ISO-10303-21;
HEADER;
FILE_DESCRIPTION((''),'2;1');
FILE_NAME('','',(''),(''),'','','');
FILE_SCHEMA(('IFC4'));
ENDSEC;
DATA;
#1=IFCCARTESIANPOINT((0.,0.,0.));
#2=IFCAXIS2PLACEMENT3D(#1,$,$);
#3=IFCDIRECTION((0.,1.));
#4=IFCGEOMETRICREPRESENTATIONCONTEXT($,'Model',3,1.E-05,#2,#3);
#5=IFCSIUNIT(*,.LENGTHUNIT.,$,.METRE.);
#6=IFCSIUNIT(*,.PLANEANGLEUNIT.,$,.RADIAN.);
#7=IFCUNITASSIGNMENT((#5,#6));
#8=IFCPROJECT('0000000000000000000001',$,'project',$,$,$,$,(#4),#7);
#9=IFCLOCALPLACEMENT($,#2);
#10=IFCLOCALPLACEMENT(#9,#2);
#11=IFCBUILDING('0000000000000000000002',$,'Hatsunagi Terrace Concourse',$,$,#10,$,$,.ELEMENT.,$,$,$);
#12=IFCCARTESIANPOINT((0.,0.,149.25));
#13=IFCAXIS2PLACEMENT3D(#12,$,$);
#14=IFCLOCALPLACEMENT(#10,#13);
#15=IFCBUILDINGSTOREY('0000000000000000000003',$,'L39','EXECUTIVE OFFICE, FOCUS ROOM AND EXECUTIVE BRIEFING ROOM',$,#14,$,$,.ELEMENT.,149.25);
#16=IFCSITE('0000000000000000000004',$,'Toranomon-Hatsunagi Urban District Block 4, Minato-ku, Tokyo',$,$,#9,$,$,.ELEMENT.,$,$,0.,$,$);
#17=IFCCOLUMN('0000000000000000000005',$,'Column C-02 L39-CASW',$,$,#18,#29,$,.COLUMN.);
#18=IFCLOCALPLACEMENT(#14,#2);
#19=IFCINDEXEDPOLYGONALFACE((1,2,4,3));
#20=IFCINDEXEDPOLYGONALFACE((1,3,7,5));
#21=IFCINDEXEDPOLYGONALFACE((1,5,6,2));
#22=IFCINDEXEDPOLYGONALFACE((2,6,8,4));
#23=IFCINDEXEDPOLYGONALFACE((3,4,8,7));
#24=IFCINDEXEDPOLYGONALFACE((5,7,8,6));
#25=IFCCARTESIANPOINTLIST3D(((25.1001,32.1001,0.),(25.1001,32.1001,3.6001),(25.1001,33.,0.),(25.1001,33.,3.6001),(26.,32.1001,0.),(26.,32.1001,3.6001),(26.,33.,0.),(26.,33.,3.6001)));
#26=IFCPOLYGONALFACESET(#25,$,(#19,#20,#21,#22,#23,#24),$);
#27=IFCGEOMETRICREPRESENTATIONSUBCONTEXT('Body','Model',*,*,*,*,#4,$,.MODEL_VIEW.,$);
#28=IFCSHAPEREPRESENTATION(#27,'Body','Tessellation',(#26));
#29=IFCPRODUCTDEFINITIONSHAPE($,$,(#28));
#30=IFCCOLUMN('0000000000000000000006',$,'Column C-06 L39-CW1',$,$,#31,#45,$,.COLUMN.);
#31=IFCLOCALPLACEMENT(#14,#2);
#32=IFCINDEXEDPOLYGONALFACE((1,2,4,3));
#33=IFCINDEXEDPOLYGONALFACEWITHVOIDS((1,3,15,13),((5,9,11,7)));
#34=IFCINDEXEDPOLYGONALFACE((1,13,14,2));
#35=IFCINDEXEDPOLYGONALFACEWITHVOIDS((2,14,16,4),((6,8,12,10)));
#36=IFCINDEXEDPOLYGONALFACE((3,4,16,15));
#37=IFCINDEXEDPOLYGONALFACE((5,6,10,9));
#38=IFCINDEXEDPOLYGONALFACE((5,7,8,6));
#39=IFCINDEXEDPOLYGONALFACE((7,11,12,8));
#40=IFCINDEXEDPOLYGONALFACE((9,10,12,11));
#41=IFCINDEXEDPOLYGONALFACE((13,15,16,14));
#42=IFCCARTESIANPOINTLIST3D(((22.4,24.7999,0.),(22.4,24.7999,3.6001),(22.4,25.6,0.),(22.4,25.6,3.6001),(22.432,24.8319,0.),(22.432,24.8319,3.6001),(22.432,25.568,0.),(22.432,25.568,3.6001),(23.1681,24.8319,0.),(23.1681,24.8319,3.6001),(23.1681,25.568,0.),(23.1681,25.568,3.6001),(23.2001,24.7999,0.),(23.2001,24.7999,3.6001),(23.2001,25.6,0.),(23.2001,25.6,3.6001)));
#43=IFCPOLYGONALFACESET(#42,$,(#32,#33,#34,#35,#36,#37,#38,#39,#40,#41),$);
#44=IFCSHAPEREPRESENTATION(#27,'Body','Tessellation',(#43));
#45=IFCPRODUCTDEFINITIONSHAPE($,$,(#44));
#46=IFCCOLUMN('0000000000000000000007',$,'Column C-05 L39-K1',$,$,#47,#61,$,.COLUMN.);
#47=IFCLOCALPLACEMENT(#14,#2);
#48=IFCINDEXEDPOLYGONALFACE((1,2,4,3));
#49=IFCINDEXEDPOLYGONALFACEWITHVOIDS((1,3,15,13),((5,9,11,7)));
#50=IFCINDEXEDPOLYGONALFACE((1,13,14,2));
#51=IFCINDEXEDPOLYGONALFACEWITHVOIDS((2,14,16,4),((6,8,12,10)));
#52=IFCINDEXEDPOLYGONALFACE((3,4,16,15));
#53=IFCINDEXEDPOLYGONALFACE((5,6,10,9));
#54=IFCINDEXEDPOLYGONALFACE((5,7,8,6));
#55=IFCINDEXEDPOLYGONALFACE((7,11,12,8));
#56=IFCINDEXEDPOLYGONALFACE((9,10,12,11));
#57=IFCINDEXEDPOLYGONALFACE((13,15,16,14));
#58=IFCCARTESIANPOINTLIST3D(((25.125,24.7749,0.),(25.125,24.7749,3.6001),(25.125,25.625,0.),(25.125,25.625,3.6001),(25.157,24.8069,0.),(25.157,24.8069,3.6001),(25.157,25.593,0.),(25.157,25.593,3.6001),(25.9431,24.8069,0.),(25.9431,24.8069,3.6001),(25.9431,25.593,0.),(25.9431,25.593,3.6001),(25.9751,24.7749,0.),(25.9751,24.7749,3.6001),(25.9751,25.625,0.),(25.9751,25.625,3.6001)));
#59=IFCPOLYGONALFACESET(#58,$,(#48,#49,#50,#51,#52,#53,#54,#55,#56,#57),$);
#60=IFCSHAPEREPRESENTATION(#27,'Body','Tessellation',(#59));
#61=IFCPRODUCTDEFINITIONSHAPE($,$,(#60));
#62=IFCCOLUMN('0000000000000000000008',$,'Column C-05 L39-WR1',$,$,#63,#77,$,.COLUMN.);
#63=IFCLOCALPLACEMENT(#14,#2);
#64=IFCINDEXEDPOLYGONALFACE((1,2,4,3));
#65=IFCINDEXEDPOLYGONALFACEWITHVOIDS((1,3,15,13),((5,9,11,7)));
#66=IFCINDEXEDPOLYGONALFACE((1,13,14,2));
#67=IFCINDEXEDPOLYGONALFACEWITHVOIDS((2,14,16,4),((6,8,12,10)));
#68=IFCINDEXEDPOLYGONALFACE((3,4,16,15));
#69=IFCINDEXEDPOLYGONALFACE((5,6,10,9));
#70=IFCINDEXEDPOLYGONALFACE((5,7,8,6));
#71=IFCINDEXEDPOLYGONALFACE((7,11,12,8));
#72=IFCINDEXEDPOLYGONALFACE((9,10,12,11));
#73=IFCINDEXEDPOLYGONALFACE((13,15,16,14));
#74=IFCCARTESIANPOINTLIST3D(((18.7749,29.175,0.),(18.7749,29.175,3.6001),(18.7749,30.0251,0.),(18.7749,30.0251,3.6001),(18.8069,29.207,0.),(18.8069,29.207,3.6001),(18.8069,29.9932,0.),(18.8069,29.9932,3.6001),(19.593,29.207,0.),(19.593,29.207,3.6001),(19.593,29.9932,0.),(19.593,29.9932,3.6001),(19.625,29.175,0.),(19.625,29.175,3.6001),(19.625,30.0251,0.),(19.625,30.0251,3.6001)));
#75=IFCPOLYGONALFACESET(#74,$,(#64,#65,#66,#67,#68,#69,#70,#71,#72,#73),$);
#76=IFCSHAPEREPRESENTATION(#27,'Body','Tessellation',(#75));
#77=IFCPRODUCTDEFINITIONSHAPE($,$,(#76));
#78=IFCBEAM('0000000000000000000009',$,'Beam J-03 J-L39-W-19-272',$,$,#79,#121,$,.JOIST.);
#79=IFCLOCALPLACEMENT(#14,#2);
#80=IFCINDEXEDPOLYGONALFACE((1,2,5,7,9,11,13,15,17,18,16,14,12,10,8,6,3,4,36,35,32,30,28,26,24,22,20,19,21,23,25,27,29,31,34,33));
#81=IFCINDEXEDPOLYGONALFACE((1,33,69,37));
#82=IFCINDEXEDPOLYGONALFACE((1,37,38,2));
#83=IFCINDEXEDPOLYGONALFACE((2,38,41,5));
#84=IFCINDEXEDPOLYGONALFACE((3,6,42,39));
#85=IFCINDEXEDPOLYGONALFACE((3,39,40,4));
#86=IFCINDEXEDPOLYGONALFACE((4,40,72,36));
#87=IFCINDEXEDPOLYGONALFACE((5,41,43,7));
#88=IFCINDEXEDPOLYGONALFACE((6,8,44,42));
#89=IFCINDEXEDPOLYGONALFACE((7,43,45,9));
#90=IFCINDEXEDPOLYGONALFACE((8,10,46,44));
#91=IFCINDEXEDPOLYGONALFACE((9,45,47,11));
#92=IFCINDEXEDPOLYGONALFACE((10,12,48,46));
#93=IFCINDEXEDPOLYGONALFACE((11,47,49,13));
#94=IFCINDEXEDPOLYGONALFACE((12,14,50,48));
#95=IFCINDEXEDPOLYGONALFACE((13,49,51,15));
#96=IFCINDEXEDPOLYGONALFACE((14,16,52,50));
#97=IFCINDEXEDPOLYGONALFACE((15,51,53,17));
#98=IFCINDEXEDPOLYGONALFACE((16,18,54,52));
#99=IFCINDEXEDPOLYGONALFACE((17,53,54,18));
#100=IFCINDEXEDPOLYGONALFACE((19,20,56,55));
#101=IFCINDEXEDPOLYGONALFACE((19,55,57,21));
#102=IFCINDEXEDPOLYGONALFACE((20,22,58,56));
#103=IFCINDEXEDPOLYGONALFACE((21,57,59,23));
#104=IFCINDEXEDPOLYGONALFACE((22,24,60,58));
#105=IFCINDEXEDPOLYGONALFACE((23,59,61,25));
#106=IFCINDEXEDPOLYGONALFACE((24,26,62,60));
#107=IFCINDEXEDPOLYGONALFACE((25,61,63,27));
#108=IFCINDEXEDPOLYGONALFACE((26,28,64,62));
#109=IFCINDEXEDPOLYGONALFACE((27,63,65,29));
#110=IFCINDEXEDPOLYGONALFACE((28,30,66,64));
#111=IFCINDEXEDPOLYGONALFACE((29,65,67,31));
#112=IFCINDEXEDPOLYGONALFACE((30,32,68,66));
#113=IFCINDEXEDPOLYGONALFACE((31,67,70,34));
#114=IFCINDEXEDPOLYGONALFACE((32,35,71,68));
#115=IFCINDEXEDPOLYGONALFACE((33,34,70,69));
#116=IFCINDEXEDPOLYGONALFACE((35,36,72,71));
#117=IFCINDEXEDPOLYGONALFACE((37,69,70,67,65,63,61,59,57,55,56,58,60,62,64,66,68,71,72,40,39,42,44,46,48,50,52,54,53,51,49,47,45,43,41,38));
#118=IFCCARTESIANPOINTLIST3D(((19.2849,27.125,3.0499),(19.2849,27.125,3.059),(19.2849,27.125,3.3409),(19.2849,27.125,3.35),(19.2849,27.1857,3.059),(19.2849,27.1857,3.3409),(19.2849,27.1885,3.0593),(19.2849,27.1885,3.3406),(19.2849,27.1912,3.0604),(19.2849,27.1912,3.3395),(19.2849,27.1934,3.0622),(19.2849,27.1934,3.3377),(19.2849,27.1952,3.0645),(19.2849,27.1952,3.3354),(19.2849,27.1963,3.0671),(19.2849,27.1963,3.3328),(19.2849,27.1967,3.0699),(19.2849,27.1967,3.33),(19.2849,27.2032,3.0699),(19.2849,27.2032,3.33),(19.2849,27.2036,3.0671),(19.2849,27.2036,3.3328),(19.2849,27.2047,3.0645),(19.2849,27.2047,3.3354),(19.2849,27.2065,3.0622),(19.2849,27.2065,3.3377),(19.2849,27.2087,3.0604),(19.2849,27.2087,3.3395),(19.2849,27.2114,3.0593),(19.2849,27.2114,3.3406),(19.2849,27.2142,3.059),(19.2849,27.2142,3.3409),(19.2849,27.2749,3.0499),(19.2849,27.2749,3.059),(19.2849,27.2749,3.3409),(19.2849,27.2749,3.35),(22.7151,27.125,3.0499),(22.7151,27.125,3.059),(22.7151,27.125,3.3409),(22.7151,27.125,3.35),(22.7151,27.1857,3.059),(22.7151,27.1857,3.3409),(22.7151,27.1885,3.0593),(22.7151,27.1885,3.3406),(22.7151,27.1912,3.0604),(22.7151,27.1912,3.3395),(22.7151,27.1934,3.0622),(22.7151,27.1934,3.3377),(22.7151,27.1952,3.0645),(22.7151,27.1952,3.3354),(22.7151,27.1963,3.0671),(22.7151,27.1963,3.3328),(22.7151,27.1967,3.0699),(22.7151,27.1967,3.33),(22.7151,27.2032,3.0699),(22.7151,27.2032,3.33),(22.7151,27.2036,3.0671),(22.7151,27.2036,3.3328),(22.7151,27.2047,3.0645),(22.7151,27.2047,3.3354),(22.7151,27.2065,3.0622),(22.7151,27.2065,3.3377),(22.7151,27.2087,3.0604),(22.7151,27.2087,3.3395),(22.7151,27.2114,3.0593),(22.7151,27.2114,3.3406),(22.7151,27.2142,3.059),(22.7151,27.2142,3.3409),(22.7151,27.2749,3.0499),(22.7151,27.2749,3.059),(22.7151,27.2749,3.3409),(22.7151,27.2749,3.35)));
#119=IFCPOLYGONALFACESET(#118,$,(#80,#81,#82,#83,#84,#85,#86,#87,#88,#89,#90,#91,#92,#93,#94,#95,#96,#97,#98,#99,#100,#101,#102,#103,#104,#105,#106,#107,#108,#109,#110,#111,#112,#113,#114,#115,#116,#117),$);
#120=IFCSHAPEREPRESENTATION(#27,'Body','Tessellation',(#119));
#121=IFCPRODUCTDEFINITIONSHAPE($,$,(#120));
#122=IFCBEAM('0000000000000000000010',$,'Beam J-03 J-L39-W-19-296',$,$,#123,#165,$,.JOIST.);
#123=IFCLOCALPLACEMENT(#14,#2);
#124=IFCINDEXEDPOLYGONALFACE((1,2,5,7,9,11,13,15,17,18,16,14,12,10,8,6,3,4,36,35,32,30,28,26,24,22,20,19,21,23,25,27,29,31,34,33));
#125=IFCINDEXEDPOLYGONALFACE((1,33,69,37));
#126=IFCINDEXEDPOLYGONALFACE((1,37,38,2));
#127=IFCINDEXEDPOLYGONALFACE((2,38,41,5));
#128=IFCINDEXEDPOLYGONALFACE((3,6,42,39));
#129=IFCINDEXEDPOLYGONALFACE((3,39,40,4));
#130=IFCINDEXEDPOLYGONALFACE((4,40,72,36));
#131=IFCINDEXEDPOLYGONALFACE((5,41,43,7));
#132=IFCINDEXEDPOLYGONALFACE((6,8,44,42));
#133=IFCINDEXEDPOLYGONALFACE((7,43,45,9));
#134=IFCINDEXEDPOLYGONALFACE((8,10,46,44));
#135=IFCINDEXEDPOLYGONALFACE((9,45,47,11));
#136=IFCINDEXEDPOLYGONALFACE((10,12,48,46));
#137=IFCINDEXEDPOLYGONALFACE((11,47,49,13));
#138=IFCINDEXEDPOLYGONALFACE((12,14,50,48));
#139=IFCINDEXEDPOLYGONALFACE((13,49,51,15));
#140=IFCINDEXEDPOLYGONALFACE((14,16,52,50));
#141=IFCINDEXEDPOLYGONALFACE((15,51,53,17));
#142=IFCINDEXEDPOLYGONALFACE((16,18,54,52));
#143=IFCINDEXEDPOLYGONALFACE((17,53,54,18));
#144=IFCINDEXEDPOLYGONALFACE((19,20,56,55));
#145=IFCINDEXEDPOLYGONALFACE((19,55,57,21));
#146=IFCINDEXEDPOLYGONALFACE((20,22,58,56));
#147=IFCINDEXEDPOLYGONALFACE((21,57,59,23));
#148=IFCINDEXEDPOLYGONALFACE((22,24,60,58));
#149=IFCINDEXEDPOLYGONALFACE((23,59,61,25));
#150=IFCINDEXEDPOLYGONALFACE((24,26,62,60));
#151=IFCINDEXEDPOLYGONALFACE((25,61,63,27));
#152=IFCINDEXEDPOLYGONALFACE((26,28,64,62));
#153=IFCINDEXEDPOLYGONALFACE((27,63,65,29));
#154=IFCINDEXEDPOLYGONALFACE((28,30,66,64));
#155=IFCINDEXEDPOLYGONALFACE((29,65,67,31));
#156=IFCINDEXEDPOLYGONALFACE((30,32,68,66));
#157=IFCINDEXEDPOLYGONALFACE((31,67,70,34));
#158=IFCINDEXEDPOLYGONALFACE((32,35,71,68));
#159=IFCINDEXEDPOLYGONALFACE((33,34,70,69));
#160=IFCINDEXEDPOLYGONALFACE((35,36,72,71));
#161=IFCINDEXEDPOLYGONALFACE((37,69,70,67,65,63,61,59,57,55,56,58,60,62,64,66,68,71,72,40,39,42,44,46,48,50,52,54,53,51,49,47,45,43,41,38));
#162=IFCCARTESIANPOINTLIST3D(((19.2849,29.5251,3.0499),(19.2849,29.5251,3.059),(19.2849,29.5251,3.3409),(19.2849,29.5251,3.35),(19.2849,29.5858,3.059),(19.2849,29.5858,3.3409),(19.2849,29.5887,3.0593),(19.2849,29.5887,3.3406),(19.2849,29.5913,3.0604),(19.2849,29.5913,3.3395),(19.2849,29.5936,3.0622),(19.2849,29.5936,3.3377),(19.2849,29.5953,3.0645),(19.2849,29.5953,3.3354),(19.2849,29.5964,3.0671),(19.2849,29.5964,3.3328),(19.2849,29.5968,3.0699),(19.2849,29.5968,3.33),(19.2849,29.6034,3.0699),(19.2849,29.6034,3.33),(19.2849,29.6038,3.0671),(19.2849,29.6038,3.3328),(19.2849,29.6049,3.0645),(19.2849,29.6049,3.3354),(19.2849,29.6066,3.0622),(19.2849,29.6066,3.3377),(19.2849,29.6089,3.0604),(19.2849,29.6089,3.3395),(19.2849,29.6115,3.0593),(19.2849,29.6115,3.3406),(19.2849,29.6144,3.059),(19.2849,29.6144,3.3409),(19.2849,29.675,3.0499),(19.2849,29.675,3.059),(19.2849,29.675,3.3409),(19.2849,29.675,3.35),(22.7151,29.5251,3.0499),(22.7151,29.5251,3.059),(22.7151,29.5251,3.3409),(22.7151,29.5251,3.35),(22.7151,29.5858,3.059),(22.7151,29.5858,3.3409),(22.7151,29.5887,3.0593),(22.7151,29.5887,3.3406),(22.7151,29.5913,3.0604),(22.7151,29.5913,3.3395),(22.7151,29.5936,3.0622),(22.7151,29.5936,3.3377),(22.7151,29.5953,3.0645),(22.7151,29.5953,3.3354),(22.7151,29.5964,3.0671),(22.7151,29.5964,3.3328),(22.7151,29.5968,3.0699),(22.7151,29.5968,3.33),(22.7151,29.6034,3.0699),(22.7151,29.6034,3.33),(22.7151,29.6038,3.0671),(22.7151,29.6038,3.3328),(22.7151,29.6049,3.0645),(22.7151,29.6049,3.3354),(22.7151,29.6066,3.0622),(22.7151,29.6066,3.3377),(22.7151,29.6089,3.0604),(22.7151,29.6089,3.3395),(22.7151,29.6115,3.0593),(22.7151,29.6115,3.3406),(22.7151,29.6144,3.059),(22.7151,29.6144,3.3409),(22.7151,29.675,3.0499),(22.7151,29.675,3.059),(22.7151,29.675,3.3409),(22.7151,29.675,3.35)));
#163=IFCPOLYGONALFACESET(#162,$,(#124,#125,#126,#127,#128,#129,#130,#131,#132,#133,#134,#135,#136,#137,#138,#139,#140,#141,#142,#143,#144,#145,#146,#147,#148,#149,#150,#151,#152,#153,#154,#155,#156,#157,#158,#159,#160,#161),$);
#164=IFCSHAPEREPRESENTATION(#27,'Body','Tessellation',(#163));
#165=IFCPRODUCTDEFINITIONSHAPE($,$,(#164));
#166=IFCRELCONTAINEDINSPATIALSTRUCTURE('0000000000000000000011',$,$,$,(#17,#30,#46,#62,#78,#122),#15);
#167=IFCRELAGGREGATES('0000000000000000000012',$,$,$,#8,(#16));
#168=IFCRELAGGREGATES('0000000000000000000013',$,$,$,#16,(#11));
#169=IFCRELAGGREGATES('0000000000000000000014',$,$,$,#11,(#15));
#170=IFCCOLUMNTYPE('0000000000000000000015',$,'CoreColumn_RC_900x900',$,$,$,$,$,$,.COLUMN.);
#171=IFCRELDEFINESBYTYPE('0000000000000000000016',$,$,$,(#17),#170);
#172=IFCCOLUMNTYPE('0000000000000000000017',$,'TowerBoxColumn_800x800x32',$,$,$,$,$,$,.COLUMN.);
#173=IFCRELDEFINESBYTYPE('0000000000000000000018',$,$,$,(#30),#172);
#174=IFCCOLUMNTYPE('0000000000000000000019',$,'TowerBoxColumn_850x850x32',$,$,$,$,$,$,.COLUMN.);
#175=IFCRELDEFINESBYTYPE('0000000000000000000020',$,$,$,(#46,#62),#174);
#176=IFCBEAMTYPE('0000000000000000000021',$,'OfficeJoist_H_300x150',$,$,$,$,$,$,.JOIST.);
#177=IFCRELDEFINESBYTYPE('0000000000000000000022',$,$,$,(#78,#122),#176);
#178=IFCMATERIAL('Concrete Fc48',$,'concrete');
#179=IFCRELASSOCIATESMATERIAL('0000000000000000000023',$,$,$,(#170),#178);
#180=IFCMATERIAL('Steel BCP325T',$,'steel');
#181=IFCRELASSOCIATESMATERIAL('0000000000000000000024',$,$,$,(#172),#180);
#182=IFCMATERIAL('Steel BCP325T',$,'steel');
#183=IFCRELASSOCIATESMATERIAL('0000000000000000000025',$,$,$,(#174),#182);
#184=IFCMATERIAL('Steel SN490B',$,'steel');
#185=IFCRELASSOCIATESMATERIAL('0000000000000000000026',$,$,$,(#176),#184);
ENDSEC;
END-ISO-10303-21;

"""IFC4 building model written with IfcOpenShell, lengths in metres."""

from ifc_helpers import new_model, si_unit, direction, frame, origin, origin_2d, place, context, subcontext, project, spatial, rectangle, hollow_rectangle, i_section, extrude, material, material_profile, profile_set, type_object, element, save


model = new_model("IFC4")

# Units and contexts
model_context = context("Model", 3, precision=1e-05, world=origin(), true_north=direction((0.0, 1.0)))
body_context = subcontext(model_context, "Body", "Model", "MODEL_VIEW")
ifc_project = project(units=[si_unit("LENGTHUNIT", "METRE"), si_unit("PLANEANGLEUNIT", "RADIAN")], contexts=[model_context])

# Site, building, storey
site_placement = place(None, origin())
site = spatial("IfcSite", under=ifc_project, at=site_placement, Name="Toranomon-Hatsunagi Urban District Block 4, Minato-ku, Tokyo", CompositionType="ELEMENT", RefElevation=0.0)
building_placement = place(site_placement, origin())
building = spatial("IfcBuilding", under=site, at=building_placement, Name="Hatsunagi Terrace Concourse", CompositionType="ELEMENT")
storey_placement = place(building_placement, frame((0.0, 0.0, 149.25)))
storey = spatial("IfcBuildingStorey", under=building, at=storey_placement, Name="L39", Description="EXECUTIVE OFFICE, FOCUS ROOM AND EXECUTIVE BRIEFING ROOM", CompositionType="ELEMENT", Elevation=149.25)

# Columns
ifc_material_1 = material(Name="Concrete Fc48", Category="concrete")
ifc_material_profile_1 = material_profile(ifc_material_1, rectangle(XDim=0.8999, YDim=0.8999, at=origin_2d()), Name="RC-900x900")
ifc_profile_set_1 = profile_set([ifc_material_profile_1], Name="Concrete Fc48")
column_type_1 = type_object("IfcColumnType", Name="CoreColumn_RC_900x900", PredefinedType="COLUMN", material=ifc_profile_set_1)
column_1_placement = place(storey_placement, frame((25.55, 32.55, 0.0), z_axis=(0.0, 0.0, 1.0), x_axis=(1.0, 0.0, 0.0)))
element("IfcColumn", 1, at=column_1_placement, inside=storey, type_object=column_type_1, Name="Column C-02 L39-CASW", PredefinedType="COLUMN", context=body_context, shape_type="SweptSolid", body=[
    extrude(rectangle(XDim=0.8999, YDim=0.8999, at=origin_2d()), origin(), (0.0, 0.0, 1.0), 3.6001),
])
ifc_material_2 = material(Name="Steel BCP325T", Category="steel")
ifc_material_profile_2 = material_profile(ifc_material_2, hollow_rectangle(XDim=0.8, YDim=0.8, WallThickness=0.032, at=origin_2d()), Name="BCP-800x800x32")
ifc_profile_set_2 = profile_set([ifc_material_profile_2], Name="Steel BCP325T")
column_type_2 = type_object("IfcColumnType", Name="TowerBoxColumn_800x800x32", PredefinedType="COLUMN", material=ifc_profile_set_2)
column_2_placement = place(storey_placement, frame((22.8, 25.2, 0.0), z_axis=(0.0, 0.0, 1.0), x_axis=(1.0, 0.0, 0.0)))
element("IfcColumn", 2, at=column_2_placement, inside=storey, type_object=column_type_2, Name="Column C-06 L39-CW1", PredefinedType="COLUMN", context=body_context, shape_type="SweptSolid", body=[
    extrude(hollow_rectangle(XDim=0.8, YDim=0.8, WallThickness=0.032, at=origin_2d()), origin(), (0.0, 0.0, 1.0), 3.6001),
])
ifc_material_3 = material(Name="Steel BCP325T", Category="steel")
ifc_material_profile_3 = material_profile(ifc_material_3, hollow_rectangle(XDim=0.8501, YDim=0.8501, WallThickness=0.032, at=origin_2d()), Name="BCP-850x850x32")
ifc_profile_set_3 = profile_set([ifc_material_profile_3], Name="Steel BCP325T")
column_type_3 = type_object("IfcColumnType", Name="TowerBoxColumn_850x850x32", PredefinedType="COLUMN", material=ifc_profile_set_3)
for number, where, z_axis, x_axis, name in (
    (3, (25.55, 25.2, 0.0), (0.0, 0.0, 1.0), (1.0, 0.0, 0.0), "Column C-05 L39-K1"),
    (4, (19.2, 29.6001, 0.0), (0.0, 0.0, 1.0), (1.0, 0.0, 0.0), "Column C-05 L39-WR1"),
):
    element("IfcColumn", number, at=place(storey_placement, frame(where, z_axis=z_axis, x_axis=x_axis)), inside=storey, type_object=column_type_3, Name=name, PredefinedType="COLUMN", context=body_context, shape_type="SweptSolid", body=[
        extrude(hollow_rectangle(XDim=0.8501, YDim=0.8501, WallThickness=0.032, at=origin_2d()), origin(), (0.0, 0.0, 1.0), 3.6001),
    ])

# Beams
ifc_material_4 = material(Name="Steel SN490B", Category="steel")
ifc_material_profile_4 = material_profile(ifc_material_4, i_section(OverallWidth=0.1499, OverallDepth=0.3, WebThickness=0.0066, FlangeThickness=0.009, FilletRadius=0.011, at=origin_2d()), Name="H-300x150x6.5x9")
ifc_profile_set_4 = profile_set([ifc_material_profile_4], Name="Steel SN490B")
beam_type_1 = type_object("IfcBeamType", Name="OfficeJoist_H_300x150", PredefinedType="JOIST", material=ifc_profile_set_4)
for number, where, z_axis, x_axis, name in (
    (5, (19.2849, 27.2, 3.2), (1.0, 0.0, 0.0), (0.0, 1.0, 0.0), "Beam J-03 J-L39-W-19-272"),
    (6, (19.2849, 29.6001, 3.2), (1.0, 0.0, 0.0), (0.0, 1.0, 0.0), "Beam J-03 J-L39-W-19-296"),
):
    element("IfcBeam", number, at=place(storey_placement, frame(where, z_axis=z_axis, x_axis=x_axis)), inside=storey, type_object=beam_type_1, Name=name, PredefinedType="JOIST", context=body_context, shape_type="SweptSolid", body=[
        extrude(i_section(OverallWidth=0.1499, OverallDepth=0.3, WebThickness=0.0066, FlangeThickness=0.009, FilletRadius=0.011, at=origin_2d()), origin(), (0.0, 0.0, 1.0), 3.4302),
    ])

save(model, "model.ifc")
